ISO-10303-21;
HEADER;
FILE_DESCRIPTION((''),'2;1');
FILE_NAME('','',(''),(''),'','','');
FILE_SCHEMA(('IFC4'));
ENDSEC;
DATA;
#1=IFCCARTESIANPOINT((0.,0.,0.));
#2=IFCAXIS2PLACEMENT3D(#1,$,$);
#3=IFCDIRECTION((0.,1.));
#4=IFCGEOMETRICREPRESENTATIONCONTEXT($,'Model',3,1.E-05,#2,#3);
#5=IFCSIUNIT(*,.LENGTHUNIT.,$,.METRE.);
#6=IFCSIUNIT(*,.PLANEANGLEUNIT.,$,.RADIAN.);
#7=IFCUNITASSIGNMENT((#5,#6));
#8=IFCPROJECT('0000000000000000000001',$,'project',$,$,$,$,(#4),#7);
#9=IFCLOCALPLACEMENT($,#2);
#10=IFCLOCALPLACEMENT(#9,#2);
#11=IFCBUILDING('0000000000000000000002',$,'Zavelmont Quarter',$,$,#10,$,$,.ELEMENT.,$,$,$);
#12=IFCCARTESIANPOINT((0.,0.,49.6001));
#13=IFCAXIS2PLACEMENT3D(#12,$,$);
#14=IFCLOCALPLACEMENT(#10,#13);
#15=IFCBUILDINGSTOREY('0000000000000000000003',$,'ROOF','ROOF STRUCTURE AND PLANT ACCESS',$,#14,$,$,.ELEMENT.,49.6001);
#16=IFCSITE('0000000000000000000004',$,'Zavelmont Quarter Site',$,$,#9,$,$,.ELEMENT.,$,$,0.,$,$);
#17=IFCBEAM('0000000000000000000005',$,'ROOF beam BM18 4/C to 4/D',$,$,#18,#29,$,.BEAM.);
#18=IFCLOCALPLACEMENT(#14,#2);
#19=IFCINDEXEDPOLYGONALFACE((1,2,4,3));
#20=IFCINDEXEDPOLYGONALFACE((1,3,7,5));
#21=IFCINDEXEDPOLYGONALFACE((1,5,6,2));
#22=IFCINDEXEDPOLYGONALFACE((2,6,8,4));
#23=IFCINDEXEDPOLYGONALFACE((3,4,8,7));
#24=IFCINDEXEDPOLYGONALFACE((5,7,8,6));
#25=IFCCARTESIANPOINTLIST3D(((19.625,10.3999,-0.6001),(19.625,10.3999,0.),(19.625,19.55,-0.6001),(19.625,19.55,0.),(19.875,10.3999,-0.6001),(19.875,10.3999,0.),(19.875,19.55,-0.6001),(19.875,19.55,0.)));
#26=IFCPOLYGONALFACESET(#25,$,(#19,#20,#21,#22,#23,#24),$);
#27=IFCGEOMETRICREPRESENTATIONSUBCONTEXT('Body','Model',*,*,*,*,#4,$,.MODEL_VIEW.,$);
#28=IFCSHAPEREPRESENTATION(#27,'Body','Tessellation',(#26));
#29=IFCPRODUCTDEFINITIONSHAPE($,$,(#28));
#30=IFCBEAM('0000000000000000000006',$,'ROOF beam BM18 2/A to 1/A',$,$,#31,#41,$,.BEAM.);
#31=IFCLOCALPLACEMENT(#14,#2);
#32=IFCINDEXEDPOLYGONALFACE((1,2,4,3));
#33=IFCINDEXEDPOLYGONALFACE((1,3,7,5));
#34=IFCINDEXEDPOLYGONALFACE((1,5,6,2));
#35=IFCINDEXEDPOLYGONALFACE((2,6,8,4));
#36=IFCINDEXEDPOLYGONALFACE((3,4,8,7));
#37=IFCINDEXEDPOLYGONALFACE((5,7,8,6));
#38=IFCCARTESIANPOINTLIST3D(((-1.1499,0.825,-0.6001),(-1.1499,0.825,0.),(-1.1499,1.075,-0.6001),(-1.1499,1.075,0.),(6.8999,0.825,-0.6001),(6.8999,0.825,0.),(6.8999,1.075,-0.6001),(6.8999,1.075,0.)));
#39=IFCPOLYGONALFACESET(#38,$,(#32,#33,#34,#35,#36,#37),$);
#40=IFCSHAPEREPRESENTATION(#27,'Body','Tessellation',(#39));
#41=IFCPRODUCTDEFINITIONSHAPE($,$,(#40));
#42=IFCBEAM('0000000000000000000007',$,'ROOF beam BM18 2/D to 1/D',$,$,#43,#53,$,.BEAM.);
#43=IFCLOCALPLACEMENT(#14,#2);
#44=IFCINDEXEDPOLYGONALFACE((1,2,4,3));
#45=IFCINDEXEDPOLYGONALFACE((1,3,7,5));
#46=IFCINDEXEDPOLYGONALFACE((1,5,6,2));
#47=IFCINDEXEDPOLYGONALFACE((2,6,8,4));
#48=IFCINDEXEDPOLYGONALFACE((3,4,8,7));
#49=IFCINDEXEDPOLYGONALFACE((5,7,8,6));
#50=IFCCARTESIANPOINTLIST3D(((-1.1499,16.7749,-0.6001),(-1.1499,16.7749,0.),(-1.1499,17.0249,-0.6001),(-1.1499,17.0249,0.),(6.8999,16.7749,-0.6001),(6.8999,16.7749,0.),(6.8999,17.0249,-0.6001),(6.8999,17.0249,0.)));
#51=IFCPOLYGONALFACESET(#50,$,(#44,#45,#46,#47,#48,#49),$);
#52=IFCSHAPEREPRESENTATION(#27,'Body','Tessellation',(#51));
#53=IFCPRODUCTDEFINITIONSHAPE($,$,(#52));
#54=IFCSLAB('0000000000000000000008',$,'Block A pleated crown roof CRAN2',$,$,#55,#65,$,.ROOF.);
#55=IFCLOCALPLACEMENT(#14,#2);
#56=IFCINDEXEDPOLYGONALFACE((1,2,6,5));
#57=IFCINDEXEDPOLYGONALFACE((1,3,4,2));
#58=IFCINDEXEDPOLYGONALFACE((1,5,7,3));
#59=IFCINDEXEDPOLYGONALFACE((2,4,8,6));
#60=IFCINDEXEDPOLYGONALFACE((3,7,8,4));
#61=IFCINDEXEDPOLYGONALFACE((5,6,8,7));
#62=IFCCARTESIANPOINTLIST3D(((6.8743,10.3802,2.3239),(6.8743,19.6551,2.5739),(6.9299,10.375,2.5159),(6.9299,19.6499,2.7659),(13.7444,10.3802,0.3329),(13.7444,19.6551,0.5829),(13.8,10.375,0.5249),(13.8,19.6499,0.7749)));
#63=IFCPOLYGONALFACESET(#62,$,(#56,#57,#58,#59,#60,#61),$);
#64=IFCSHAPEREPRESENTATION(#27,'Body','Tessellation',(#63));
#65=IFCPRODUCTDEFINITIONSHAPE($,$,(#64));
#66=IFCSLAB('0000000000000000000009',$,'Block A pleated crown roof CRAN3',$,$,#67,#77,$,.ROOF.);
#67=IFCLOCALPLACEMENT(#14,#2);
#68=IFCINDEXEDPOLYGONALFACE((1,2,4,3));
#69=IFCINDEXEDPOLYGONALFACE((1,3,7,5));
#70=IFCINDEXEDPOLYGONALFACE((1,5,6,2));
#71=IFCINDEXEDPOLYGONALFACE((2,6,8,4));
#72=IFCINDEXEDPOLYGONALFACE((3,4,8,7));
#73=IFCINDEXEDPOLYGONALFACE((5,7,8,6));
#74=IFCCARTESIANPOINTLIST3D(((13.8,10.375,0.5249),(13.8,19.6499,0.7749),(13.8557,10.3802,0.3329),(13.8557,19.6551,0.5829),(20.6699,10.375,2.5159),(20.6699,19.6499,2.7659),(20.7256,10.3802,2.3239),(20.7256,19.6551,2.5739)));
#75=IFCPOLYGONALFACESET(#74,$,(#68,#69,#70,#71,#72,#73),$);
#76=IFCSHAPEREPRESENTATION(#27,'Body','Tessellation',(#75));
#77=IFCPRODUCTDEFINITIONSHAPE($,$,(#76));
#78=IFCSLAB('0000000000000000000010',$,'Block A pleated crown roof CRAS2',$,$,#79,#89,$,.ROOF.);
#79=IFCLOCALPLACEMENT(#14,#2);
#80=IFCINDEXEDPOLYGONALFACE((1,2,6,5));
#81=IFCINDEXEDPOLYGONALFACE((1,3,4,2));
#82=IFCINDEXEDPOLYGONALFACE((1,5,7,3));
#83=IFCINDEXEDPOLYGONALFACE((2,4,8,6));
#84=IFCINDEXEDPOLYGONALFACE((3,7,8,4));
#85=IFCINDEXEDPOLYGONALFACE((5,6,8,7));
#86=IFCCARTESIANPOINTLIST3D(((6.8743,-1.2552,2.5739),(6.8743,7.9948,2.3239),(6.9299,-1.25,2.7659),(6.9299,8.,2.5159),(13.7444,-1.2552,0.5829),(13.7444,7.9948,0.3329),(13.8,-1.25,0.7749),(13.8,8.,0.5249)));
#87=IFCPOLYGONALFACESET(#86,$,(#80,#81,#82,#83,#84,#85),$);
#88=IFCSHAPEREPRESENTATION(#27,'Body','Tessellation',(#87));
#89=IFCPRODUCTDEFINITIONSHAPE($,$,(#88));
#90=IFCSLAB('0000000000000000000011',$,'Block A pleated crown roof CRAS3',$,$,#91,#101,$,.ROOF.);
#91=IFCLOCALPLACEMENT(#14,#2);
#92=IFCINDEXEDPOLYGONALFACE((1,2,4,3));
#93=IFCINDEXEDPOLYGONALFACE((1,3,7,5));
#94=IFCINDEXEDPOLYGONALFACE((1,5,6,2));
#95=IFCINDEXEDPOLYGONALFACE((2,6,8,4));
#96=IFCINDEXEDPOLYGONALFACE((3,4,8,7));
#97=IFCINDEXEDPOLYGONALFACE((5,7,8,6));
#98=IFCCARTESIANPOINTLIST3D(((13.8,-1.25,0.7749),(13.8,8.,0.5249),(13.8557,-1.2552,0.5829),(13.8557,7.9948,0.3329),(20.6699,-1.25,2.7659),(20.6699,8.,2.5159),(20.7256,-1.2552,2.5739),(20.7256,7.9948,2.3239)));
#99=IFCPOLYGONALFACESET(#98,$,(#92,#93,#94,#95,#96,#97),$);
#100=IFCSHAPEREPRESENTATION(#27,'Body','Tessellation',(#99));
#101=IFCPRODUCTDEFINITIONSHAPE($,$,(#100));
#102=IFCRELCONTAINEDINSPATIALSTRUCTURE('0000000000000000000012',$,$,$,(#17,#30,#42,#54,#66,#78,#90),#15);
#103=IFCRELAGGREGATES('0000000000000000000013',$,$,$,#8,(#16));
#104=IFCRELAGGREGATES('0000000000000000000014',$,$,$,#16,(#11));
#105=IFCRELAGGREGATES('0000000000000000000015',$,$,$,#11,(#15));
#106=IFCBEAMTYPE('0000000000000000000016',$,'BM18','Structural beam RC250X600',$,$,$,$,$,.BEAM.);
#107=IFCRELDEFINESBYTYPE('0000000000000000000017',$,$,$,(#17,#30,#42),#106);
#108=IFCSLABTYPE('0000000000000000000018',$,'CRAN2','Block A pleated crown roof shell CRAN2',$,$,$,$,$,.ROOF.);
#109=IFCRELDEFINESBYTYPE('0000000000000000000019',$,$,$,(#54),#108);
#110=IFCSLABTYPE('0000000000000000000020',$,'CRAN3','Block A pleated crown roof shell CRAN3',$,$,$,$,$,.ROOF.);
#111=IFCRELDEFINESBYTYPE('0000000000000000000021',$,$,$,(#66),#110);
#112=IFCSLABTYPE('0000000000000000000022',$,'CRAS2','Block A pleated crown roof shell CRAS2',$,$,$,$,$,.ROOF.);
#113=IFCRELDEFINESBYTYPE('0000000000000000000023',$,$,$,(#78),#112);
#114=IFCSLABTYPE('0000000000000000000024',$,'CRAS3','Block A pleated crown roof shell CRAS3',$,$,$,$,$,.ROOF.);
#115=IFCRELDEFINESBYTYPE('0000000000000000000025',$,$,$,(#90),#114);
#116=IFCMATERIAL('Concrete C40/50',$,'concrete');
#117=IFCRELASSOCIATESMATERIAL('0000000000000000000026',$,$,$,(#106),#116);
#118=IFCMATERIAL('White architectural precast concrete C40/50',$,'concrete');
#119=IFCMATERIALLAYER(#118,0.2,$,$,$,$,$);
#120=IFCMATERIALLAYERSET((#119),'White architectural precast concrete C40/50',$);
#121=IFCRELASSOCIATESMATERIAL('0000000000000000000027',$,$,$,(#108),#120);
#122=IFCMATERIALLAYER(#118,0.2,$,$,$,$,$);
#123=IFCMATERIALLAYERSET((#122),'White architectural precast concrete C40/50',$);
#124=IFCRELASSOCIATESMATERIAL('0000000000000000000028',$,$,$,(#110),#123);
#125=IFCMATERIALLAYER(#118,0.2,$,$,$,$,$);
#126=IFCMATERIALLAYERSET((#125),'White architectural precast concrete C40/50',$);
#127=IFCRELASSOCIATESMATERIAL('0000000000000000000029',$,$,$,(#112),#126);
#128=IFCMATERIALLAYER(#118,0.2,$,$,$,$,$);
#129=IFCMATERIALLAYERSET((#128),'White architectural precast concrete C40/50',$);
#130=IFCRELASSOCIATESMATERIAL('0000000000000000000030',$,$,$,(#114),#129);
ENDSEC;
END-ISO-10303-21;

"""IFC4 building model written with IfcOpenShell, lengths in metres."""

from ifc_helpers import new_model, si_unit, direction, frame, origin, origin_2d, place, context, subcontext, project, spatial, polyline, rectangle, outline, extrude, material, layer, layer_set, material_profile, profile_set, type_object, element, save


model = new_model("IFC4")

# Units and contexts
model_context = context("Model", 3, precision=1e-05, world=origin(), true_north=direction((0.0, 1.0)))
body_context = subcontext(model_context, "Body", "Model", "MODEL_VIEW")
ifc_project = project(units=[si_unit("LENGTHUNIT", "METRE"), si_unit("PLANEANGLEUNIT", "RADIAN")], contexts=[model_context])

# Site, building, storey
site_placement = place(None, origin())
site = spatial("IfcSite", under=ifc_project, at=site_placement, Name="Zavelmont Quarter Site", CompositionType="ELEMENT", RefElevation=0.0)
building_placement = place(site_placement, origin())
building = spatial("IfcBuilding", under=site, at=building_placement, Name="Zavelmont Quarter", CompositionType="ELEMENT")
storey_placement = place(building_placement, frame((0.0, 0.0, 49.6001)))
storey = spatial("IfcBuildingStorey", under=building, at=storey_placement, Name="ROOF", Description="ROOF STRUCTURE AND PLANT ACCESS", CompositionType="ELEMENT", Elevation=49.6001)

# Beams
ifc_material_1 = material(Name="Concrete C40/50", Category="concrete")
ifc_material_profile_1 = material_profile(ifc_material_1, rectangle(XDim=0.25, YDim=0.6001, at=origin_2d()), Name="RC250X600")
ifc_profile_set_1 = profile_set([ifc_material_profile_1], Name="Concrete C40/50")
beam_type_1 = type_object("IfcBeamType", Name="BM18", Description="Structural beam RC250X600", PredefinedType="BEAM", material=ifc_profile_set_1)
for number, where, z_axis, x_axis, name in (
    (1, (19.75, 10.3999, -0.3), (0.0, 1.0, 0.0), (-1.0, 0.0, 0.0), "ROOF beam BM18 4/C to 4/D"),
):
    element("IfcBeam", number, at=place(storey_placement, frame(where, z_axis=z_axis, x_axis=x_axis)), inside=storey, type_object=beam_type_1, Name=name, PredefinedType="BEAM", context=body_context, shape_type="SweptSolid", body=[
        extrude(rectangle(XDim=0.25, YDim=0.6001, at=origin_2d()), origin(), (0.0, 0.0, 1.0), 9.1501),
    ])
for number, where, z_axis, x_axis, name in (
    (2, (6.8999, 0.95, -0.3), (-1.0, 0.0, 0.0), (0.0, -1.0, 0.0), "ROOF beam BM18 2/A to 1/A"),
    (3, (6.8999, 16.8999, -0.3), (-1.0, 0.0, 0.0), (0.0, -1.0, 0.0), "ROOF beam BM18 2/D to 1/D"),
):
    element("IfcBeam", number, at=place(storey_placement, frame(where, z_axis=z_axis, x_axis=x_axis)), inside=storey, type_object=beam_type_1, Name=name, PredefinedType="BEAM", context=body_context, shape_type="SweptSolid", body=[
        extrude(rectangle(XDim=0.25, YDim=0.6001, at=origin_2d()), origin(), (0.0, 0.0, 1.0), 8.0498),
    ])

# Slabs
ifc_material_2 = material(Name="White architectural precast concrete C40/50", Category="concrete")
ifc_layer_1 = layer(ifc_material_2, 0.2)
ifc_layer_set_1 = layer_set([ifc_layer_1], Name="White architectural precast concrete C40/50")
slab_type_1 = type_object("IfcSlabType", Name="CRAN2", Description="Block A pleated crown roof shell CRAN2", PredefinedType="ROOF", material=ifc_layer_set_1)
slab_1_placement = place(storey_placement, frame((6.9299, 10.375, 2.5159), z_axis=(0.278255, -0.025881, 0.960159), x_axis=(0.96048, 0.0, -0.278348)))
element("IfcSlab", 4, at=slab_1_placement, inside=storey, type_object=slab_type_1, Name="Block A pleated crown roof CRAN2", PredefinedType="ROOF", context=body_context, shape_type="SweptSolid", body=[
    extrude(outline(polyline([(0.0, 0.0), (7.1528, 0.0), (7.0832, 9.278), (-0.0696, 9.278), (0.0, 0.0)])), origin(), (0.0, 0.0, -1.0), 0.2),
])
ifc_layer_2 = layer(ifc_material_2, 0.2)
ifc_layer_set_2 = layer_set([ifc_layer_2], Name="White architectural precast concrete C40/50")
slab_type_2 = type_object("IfcSlabType", Name="CRAN3", Description="Block A pleated crown roof shell CRAN3", PredefinedType="ROOF", material=ifc_layer_set_2)
slab_2_placement = place(storey_placement, frame((13.8, 10.375, 0.5249), z_axis=(-0.278264, -0.02588, 0.960156), x_axis=(0.960478, 0.0, 0.278357)))
element("IfcSlab", 5, at=slab_2_placement, inside=storey, type_object=slab_type_2, Name="Block A pleated crown roof CRAN3", PredefinedType="ROOF", context=body_context, shape_type="SweptSolid", body=[
    extrude(outline(polyline([(0.0, 0.0), (7.1526, 0.0), (7.2221, 9.278), (0.0696, 9.278), (0.0, 0.0)])), origin(), (0.0, 0.0, -1.0), 0.2),
])
ifc_layer_3 = layer(ifc_material_2, 0.2)
ifc_layer_set_3 = layer_set([ifc_layer_3], Name="White architectural precast concrete C40/50")
slab_type_3 = type_object("IfcSlabType", Name="CRAS2", Description="Block A pleated crown roof shell CRAS2", PredefinedType="ROOF", material=ifc_layer_set_3)
slab_3_placement = place(storey_placement, frame((6.9299, -1.25, 2.7659), z_axis=(0.278254, 0.02595, 0.960157), x_axis=(0.96048, 0.0, -0.278348)))
element("IfcSlab", 6, at=slab_3_placement, inside=storey, type_object=slab_type_3, Name="Block A pleated crown roof CRAS2", PredefinedType="ROOF", context=body_context, shape_type="SweptSolid", body=[
    extrude(outline(polyline([(0.0, 0.0), (7.1528, 0.0), (7.2224, 9.2531), (0.0696, 9.2531), (0.0, 0.0)])), origin(), (0.0, 0.0, -1.0), 0.2),
])
ifc_layer_4 = layer(ifc_material_2, 0.2)
ifc_layer_set_4 = layer_set([ifc_layer_4], Name="White architectural precast concrete C40/50")
slab_type_4 = type_object("IfcSlabType", Name="CRAS3", Description="Block A pleated crown roof shell CRAS3", PredefinedType="ROOF", material=ifc_layer_set_4)
slab_4_placement = place(storey_placement, frame((13.8, -1.25, 0.7749), z_axis=(-0.278264, 0.02595, 0.960154), x_axis=(0.960478, 0.0, 0.278357)))
element("IfcSlab", 7, at=slab_4_placement, inside=storey, type_object=slab_type_4, Name="Block A pleated crown roof CRAS3", PredefinedType="ROOF", context=body_context, shape_type="SweptSolid", body=[
    extrude(outline(polyline([(0.0, 0.0), (7.1526, 0.0), (7.083, 9.2531), (-0.0696, 9.2531), (0.0, 0.0)])), origin(), (0.0, 0.0, -1.0), 0.2),
])

save(model, "model.ifc")
